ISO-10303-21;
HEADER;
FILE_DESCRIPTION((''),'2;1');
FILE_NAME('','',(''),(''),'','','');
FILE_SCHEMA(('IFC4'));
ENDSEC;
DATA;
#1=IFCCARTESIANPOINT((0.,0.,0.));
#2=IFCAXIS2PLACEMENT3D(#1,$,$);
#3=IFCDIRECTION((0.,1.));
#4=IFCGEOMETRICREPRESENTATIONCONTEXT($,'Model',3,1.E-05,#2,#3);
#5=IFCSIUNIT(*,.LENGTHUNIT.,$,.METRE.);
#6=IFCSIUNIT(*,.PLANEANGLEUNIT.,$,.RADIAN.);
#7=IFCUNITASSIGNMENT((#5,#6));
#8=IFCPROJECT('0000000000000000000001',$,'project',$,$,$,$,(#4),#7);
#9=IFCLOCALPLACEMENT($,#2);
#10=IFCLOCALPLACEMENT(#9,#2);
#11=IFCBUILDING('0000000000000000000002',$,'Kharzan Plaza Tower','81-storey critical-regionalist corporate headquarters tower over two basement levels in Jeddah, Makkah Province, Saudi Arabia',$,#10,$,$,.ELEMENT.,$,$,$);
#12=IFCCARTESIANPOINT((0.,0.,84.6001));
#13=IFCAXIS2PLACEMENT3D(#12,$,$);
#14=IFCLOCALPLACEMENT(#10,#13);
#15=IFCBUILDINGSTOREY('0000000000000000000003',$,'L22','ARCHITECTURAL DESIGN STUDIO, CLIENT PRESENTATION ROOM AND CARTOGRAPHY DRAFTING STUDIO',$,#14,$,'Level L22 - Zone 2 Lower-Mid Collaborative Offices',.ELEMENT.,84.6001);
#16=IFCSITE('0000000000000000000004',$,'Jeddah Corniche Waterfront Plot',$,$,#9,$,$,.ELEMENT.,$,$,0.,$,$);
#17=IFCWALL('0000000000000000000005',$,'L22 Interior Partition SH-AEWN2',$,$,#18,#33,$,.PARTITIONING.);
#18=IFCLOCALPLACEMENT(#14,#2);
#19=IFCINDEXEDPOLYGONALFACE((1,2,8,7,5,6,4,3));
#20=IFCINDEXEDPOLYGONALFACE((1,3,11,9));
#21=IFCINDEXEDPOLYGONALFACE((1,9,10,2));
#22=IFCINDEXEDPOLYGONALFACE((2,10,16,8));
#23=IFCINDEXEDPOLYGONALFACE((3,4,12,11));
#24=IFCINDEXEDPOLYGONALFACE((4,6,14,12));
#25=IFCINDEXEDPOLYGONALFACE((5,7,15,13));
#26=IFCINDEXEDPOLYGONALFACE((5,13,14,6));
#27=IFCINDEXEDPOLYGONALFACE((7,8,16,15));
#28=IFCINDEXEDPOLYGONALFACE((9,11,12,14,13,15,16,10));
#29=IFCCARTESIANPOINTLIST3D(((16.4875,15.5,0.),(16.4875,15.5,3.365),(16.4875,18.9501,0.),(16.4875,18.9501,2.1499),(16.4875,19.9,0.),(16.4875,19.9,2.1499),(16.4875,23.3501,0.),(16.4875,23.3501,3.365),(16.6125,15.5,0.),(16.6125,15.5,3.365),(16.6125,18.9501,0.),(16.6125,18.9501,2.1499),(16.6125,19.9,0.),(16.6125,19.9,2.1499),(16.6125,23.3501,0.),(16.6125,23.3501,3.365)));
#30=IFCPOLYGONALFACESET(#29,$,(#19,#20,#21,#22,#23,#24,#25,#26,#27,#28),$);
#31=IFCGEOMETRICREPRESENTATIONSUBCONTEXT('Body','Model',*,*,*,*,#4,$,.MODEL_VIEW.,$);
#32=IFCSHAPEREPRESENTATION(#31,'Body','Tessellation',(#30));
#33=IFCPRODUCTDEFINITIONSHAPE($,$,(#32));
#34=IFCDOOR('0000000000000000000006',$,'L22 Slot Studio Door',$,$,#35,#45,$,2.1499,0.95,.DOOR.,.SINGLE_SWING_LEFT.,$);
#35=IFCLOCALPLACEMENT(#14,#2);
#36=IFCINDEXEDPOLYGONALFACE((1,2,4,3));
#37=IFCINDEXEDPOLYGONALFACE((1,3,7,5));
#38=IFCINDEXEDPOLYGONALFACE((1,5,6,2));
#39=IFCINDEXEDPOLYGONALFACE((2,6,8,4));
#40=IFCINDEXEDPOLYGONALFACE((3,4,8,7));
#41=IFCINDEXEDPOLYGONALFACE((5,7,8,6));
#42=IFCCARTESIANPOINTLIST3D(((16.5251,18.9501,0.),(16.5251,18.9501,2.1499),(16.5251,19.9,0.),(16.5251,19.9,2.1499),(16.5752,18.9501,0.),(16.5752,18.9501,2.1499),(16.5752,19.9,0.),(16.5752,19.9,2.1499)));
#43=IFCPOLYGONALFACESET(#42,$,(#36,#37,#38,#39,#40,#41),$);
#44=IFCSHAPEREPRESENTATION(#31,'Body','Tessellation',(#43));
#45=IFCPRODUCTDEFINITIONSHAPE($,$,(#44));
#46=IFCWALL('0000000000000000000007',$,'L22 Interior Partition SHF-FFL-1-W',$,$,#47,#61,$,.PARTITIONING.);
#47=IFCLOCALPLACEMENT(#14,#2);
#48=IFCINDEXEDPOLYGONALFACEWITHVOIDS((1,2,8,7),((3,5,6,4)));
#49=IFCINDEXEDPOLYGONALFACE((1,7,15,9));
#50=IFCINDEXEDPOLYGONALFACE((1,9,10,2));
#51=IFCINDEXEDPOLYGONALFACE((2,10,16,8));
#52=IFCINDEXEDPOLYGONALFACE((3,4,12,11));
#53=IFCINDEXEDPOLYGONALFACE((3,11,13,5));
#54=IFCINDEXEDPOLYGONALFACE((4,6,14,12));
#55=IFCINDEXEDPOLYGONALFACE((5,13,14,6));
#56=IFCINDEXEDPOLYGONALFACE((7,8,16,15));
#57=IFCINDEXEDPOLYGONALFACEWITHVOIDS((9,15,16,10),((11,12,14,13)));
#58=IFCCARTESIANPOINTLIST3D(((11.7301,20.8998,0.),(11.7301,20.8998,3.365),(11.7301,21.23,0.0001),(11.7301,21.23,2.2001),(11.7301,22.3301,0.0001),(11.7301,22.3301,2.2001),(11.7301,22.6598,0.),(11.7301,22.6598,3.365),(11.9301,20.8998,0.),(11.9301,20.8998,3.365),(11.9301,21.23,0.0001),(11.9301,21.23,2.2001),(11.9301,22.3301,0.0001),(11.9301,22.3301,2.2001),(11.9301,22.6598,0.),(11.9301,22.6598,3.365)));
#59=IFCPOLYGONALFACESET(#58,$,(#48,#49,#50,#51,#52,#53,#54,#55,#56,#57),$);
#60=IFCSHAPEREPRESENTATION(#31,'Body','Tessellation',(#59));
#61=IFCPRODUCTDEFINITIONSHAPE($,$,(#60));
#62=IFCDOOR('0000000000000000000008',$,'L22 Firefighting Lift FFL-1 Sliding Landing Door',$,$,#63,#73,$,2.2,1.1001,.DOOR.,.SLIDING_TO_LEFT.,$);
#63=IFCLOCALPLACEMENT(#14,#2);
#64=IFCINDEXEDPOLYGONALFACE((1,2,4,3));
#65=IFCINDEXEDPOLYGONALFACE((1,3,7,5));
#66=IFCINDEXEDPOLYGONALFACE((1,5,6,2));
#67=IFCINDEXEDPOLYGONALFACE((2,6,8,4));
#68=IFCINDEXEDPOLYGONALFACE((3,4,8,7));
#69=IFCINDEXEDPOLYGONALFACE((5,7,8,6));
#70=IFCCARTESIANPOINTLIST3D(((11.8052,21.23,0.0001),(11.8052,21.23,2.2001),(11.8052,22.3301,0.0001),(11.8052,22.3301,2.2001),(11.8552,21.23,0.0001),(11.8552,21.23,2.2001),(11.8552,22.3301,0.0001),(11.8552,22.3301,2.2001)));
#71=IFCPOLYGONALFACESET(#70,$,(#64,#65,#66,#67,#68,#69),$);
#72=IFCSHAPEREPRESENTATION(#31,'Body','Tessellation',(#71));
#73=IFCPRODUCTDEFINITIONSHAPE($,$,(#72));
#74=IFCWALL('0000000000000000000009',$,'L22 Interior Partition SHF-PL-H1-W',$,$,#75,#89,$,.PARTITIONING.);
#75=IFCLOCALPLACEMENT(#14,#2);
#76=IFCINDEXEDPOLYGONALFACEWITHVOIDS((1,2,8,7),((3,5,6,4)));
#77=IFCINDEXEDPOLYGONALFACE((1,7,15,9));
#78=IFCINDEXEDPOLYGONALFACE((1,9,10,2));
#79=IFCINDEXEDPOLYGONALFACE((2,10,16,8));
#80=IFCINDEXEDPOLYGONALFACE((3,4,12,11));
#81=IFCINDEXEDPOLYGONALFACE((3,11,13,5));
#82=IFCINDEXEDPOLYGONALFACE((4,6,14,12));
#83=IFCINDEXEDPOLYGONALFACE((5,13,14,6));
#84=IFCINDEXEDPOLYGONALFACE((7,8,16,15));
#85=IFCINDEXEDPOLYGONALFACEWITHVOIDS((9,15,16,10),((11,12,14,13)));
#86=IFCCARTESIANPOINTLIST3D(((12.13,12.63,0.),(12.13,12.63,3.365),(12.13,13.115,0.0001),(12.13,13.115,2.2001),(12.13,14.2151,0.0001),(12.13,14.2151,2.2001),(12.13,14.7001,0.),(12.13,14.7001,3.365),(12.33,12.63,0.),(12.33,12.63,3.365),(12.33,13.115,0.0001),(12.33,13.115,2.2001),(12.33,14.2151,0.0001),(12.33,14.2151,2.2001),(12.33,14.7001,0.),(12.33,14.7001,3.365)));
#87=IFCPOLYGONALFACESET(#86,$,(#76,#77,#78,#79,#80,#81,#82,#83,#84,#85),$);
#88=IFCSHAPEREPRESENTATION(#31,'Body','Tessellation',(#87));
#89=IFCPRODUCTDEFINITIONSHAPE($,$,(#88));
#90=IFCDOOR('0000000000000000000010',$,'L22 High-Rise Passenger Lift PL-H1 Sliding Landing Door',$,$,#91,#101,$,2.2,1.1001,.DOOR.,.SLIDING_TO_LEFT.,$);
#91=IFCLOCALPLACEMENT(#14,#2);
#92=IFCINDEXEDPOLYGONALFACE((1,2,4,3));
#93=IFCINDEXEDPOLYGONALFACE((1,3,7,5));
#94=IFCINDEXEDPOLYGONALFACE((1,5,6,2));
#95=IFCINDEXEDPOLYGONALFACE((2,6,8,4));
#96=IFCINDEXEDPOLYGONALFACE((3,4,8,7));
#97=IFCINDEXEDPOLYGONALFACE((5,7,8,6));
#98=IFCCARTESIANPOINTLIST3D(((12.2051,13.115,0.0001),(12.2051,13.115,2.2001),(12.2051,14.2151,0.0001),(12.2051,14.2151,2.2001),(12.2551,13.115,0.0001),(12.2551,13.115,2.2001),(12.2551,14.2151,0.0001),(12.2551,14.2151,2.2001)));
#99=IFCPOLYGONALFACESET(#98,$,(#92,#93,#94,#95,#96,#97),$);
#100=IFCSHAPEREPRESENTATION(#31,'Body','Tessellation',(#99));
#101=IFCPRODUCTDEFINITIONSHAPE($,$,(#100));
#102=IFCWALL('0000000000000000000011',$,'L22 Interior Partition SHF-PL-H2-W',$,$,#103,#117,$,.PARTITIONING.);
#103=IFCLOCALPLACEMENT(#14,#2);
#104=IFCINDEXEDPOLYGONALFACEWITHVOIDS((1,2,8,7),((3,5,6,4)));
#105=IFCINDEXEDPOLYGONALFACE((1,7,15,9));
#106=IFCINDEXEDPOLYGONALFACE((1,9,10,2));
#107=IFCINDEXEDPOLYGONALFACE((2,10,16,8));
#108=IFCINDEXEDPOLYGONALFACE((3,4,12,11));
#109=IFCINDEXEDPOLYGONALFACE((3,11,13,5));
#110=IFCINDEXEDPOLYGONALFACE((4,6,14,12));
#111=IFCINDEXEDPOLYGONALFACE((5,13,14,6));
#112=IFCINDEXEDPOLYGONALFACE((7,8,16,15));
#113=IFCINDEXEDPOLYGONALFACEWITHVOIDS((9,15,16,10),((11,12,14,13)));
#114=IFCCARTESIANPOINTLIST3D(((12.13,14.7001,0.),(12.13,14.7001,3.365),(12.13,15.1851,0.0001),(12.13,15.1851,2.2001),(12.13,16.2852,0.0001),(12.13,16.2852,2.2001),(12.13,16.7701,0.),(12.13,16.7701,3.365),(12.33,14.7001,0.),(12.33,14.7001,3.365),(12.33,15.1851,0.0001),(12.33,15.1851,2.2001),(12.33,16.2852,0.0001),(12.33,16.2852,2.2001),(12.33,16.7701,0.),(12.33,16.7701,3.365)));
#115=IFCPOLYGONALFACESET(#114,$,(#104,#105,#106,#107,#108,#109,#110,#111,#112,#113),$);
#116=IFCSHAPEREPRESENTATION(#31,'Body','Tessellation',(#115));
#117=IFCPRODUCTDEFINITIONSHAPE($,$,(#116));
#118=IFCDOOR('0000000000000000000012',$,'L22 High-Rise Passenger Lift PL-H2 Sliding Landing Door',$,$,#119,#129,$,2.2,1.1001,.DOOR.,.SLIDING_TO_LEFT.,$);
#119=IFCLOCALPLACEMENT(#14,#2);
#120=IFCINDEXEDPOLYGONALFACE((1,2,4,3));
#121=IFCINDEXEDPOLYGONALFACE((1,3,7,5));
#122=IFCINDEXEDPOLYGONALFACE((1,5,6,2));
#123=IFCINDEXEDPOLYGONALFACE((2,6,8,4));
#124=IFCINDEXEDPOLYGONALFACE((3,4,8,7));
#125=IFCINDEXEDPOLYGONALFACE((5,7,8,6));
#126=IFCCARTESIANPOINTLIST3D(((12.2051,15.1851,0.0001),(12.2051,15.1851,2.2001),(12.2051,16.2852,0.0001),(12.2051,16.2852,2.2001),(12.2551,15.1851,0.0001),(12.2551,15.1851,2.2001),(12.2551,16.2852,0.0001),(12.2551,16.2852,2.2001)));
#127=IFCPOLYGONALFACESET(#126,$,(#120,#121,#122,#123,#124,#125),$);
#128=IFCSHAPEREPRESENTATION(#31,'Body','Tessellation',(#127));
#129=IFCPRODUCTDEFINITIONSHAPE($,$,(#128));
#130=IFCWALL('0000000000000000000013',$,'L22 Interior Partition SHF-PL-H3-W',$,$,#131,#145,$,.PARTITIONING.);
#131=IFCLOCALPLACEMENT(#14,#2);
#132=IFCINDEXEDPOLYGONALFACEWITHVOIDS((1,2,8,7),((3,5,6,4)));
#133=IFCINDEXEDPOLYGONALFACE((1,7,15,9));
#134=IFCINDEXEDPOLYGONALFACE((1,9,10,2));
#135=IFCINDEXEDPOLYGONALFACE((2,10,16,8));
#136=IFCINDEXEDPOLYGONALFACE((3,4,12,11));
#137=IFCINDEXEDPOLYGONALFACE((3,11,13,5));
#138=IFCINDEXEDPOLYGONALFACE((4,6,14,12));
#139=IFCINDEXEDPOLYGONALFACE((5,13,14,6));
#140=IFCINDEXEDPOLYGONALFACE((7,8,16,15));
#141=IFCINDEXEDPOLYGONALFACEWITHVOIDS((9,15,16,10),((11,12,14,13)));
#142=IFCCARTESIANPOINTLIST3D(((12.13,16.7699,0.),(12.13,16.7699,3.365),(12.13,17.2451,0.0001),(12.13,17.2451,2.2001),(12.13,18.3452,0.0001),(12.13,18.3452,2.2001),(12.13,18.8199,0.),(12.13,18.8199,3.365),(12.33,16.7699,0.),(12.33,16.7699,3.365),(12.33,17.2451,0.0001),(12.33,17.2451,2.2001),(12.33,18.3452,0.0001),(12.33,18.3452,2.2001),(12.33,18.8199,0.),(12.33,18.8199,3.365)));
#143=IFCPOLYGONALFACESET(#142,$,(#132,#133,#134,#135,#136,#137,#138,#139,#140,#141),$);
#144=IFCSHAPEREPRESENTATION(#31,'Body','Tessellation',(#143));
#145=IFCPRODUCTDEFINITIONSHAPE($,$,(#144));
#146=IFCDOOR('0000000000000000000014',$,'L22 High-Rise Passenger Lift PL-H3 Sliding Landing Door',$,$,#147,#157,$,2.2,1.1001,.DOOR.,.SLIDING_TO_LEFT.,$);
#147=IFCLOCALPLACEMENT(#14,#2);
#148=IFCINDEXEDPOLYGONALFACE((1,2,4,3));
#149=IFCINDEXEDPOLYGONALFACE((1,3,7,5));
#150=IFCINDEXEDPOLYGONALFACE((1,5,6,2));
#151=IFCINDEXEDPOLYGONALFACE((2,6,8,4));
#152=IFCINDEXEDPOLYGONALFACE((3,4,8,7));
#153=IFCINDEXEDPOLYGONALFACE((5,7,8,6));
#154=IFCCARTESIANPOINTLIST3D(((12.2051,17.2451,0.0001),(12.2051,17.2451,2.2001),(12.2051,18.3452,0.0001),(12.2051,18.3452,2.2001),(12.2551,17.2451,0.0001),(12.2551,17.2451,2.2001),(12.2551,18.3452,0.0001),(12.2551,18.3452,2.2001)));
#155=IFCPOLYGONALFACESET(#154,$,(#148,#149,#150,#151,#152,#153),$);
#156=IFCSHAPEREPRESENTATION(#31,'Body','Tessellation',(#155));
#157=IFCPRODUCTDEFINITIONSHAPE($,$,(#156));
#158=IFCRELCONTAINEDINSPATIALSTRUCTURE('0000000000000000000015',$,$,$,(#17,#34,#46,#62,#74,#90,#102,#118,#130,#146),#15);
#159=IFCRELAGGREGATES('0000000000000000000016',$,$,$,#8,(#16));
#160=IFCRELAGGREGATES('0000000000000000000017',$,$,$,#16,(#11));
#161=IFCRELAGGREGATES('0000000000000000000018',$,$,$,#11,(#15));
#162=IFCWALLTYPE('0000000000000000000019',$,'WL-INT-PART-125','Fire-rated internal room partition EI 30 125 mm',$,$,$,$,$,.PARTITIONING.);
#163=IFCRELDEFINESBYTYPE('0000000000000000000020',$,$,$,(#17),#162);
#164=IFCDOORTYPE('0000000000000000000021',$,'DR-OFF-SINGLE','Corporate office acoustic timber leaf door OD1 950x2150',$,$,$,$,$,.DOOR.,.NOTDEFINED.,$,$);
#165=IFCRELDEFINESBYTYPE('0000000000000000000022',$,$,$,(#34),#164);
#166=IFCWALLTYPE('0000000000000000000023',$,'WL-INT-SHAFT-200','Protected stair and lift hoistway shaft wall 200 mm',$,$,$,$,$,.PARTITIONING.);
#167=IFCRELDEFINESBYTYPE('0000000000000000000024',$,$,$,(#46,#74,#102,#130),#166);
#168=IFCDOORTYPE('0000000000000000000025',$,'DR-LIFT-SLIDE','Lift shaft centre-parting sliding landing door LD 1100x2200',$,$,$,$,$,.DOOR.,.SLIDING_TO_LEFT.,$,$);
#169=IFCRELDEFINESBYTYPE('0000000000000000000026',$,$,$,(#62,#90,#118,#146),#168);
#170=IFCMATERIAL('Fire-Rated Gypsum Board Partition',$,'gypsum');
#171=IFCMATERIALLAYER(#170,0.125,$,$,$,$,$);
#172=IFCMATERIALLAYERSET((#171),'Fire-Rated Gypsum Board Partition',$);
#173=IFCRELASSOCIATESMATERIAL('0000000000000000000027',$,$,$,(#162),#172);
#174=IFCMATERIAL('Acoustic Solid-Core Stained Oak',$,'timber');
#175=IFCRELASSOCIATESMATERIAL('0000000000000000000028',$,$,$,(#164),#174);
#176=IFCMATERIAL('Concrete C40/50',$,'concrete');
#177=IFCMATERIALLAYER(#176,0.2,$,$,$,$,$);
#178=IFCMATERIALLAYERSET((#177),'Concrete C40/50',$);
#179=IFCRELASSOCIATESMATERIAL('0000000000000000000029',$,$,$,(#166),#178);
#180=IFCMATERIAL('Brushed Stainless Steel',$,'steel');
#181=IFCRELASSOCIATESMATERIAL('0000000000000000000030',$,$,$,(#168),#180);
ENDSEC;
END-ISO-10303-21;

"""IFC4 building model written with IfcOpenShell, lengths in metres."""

from ifc_helpers import new_model, si_unit, direction, frame, frame_2d, origin, place, context, subcontext, project, spatial, rectangle, extrude, source, transform, mapped, material, layer, layer_set, type_object, element, fill, save


model = new_model("IFC4")

# Units and contexts
model_context = context("Model", 3, precision=1e-05, world=origin(), true_north=direction((0.0, 1.0)))
body_context = subcontext(model_context, "Body", "Model", "MODEL_VIEW")
ifc_project = project(units=[si_unit("LENGTHUNIT", "METRE"), si_unit("PLANEANGLEUNIT", "RADIAN")], contexts=[model_context])

# Site, building, storey
site_placement = place(None, origin())
site = spatial("IfcSite", under=ifc_project, at=site_placement, Name="Jeddah Corniche Waterfront Plot", CompositionType="ELEMENT", RefElevation=0.0)
building_placement = place(site_placement, origin())
building = spatial("IfcBuilding", under=site, at=building_placement, Name="Kharzan Plaza Tower", Description="81-storey critical-regionalist corporate headquarters tower over two basement levels in Jeddah, Makkah Province, Saudi Arabia", CompositionType="ELEMENT")
storey_placement = place(building_placement, frame((0.0, 0.0, 84.6001)))
storey = spatial("IfcBuildingStorey", under=building, at=storey_placement, Name="L22", Description="ARCHITECTURAL DESIGN STUDIO, CLIENT PRESENTATION ROOM AND CARTOGRAPHY DRAFTING STUDIO", LongName="Level L22 - Zone 2 Lower-Mid Collaborative Offices", CompositionType="ELEMENT", Elevation=84.6001)

# Walls, openings, doors
ifc_material_1 = material(Name="Fire-Rated Gypsum Board Partition", Category="gypsum")
ifc_layer_1 = layer(ifc_material_1, 0.125)
ifc_layer_set_1 = layer_set([ifc_layer_1], Name="Fire-Rated Gypsum Board Partition")
wall_type_1 = type_object("IfcWallType", Name="WL-INT-PART-125", Description="Fire-rated internal room partition EI 30 125 mm", PredefinedType="PARTITIONING", material=ifc_layer_set_1)
ifc_material_2 = material(Name="Acoustic Solid-Core Stained Oak", Category="timber")
door_type_1 = type_object("IfcDoorType", Name="DR-OFF-SINGLE", Description="Corporate office acoustic timber leaf door OD1 950x2150", OperationType="NOTDEFINED", PredefinedType="DOOR", material=ifc_material_2)
shared_shape_1 = source(origin(), body_context, "Body", "SweptSolid", [
    extrude(rectangle(XDim=0.95, YDim=2.1499, at=frame_2d((0.4751, 1.075))), frame((0.0, 0.0249, 0.0), z_axis=(0.0, -1.0, 0.0), x_axis=(1.0, 0.0, 0.0)), (0.0, 0.0, 1.0), 0.05),
])
wall_1_placement = place(storey_placement, frame((16.55, 15.5, 0.0), z_axis=(0.0, 0.0, 1.0), x_axis=(0.0, 1.0, 0.0)))
wall_1 = element("IfcWall", 1, at=wall_1_placement, inside=storey, type_object=wall_type_1, Name="L22 Interior Partition SH-AEWN2", PredefinedType="PARTITIONING", context=body_context, shape_type="SweptSolid", body=[
    extrude(rectangle(XDim=7.8501, YDim=0.125, at=frame_2d((3.925, 0.0))), origin(), (0.0, 0.0, 1.0), 3.365),
])
opening_1_placement = place(wall_1_placement, frame((3.45, 0.0, 0.0)))
opening_1 = element("IfcOpeningElement", 2, at=opening_1_placement, cuts=wall_1, PredefinedType="OPENING", context=body_context, shape_type="SweptSolid", body=[
    extrude(rectangle(XDim=0.95, YDim=2.1499, at=frame_2d((0.4751, 1.075))), frame((0.0, 0.0725, 0.0), z_axis=(0.0, -1.0, 0.0), x_axis=(1.0, 0.0, 0.0)), (0.0, 0.0, 1.0), 0.145),
])
door_1_placement = place(opening_1_placement, origin())
door_1 = element("IfcDoor", 3, at=door_1_placement, inside=storey, type_object=door_type_1, Name="L22 Slot Studio Door", OperationType="SINGLE_SWING_LEFT", OverallHeight=2.1499, OverallWidth=0.95, PredefinedType="DOOR", context=body_context, shape_type="MappedRepresentation", body=[
    mapped(shared_shape_1, transform((0.0, 0.0, 0.0), x_axis=(1.0, 0.0, 0.0), y_axis=(0.0, 1.0, 0.0), z_axis=(0.0, 0.0, 1.0))),
])
fill(opening_1, door_1)
ifc_material_3 = material(Name="Concrete C40/50", Category="concrete")
ifc_layer_2 = layer(ifc_material_3, 0.2)
ifc_layer_set_2 = layer_set([ifc_layer_2], Name="Concrete C40/50")
wall_type_2 = type_object("IfcWallType", Name="WL-INT-SHAFT-200", Description="Protected stair and lift hoistway shaft wall 200 mm", PredefinedType="PARTITIONING", material=ifc_layer_set_2)
wall_2_placement = place(storey_placement, frame((11.8301, 20.8999, 0.0), z_axis=(0.0, 0.0, 1.0), x_axis=(0.0, 1.0, 0.0)))
wall_2 = element("IfcWall", 4, at=wall_2_placement, inside=storey, type_object=wall_type_2, Name="L22 Interior Partition SHF-FFL-1-W", PredefinedType="PARTITIONING", context=body_context, shape_type="SweptSolid", body=[
    extrude(rectangle(XDim=1.76, YDim=0.2, at=frame_2d((0.8799, 0.0))), origin(), (0.0, 0.0, 1.0), 3.365),
])
opening_2_placement = place(wall_2_placement, frame((0.3301, 0.0, 0.0)))
opening_2 = element("IfcOpeningElement", 5, at=opening_2_placement, cuts=wall_2, PredefinedType="OPENING", context=body_context, shape_type="SweptSolid", body=[
    extrude(rectangle(XDim=1.1001, YDim=2.2, at=frame_2d((0.55, 1.1001))), frame((0.0, 0.1099, 0.0), z_axis=(0.0, -1.0, 0.0), x_axis=(1.0, 0.0, 0.0)), (0.0, 0.0, 1.0), 0.22),
])
ifc_material_4 = material(Name="Brushed Stainless Steel", Category="steel")
door_type_2 = type_object("IfcDoorType", Name="DR-LIFT-SLIDE", Description="Lift shaft centre-parting sliding landing door LD 1100x2200", OperationType="SLIDING_TO_LEFT", PredefinedType="DOOR", material=ifc_material_4)
shared_shape_2 = source(origin(), body_context, "Body", "SweptSolid", [
    extrude(rectangle(XDim=1.1001, YDim=2.2, at=frame_2d((0.55, 1.1001))), frame((0.0, 0.0249, 0.0), z_axis=(0.0, -1.0, 0.0), x_axis=(1.0, 0.0, 0.0)), (0.0, 0.0, 1.0), 0.05),
])
door_2_placement = place(opening_2_placement, origin())
door_2 = element("IfcDoor", 6, at=door_2_placement, inside=storey, type_object=door_type_2, Name="L22 Firefighting Lift FFL-1 Sliding Landing Door", OperationType="SLIDING_TO_LEFT", OverallHeight=2.2, OverallWidth=1.1001, PredefinedType="DOOR", context=body_context, shape_type="MappedRepresentation", body=[
    mapped(shared_shape_2, transform((0.0, 0.0, 0.0), x_axis=(1.0, 0.0, 0.0), y_axis=(0.0, 1.0, 0.0), z_axis=(0.0, 0.0, 1.0))),
])
fill(opening_2, door_2)
wall_3_placement = place(storey_placement, frame((12.23, 12.6299, 0.0), z_axis=(0.0, 0.0, 1.0), x_axis=(0.0, 1.0, 0.0)))
wall_3 = element("IfcWall", 7, at=wall_3_placement, inside=storey, type_object=wall_type_2, Name="L22 Interior Partition SHF-PL-H1-W", PredefinedType="PARTITIONING", context=body_context, shape_type="SweptSolid", body=[
    extrude(rectangle(XDim=2.0701, YDim=0.2, at=frame_2d((1.0352, 0.0))), origin(), (0.0, 0.0, 1.0), 3.365),
])
opening_3_placement = place(wall_3_placement, frame((0.4851, 0.0, 0.0)))
opening_3 = element("IfcOpeningElement", 8, at=opening_3_placement, cuts=wall_3, PredefinedType="OPENING", context=body_context, shape_type="SweptSolid", body=[
    extrude(rectangle(XDim=1.1001, YDim=2.2, at=frame_2d((0.55, 1.1001))), frame((0.0, 0.1099, 0.0), z_axis=(0.0, -1.0, 0.0), x_axis=(1.0, 0.0, 0.0)), (0.0, 0.0, 1.0), 0.22),
])
door_3_placement = place(opening_3_placement, origin())
door_3 = element("IfcDoor", 9, at=door_3_placement, inside=storey, type_object=door_type_2, Name="L22 High-Rise Passenger Lift PL-H1 Sliding Landing Door", OperationType="SLIDING_TO_LEFT", OverallHeight=2.2, OverallWidth=1.1001, PredefinedType="DOOR", context=body_context, shape_type="MappedRepresentation", body=[
    mapped(shared_shape_2, transform((0.0, 0.0, 0.0), x_axis=(1.0, 0.0, 0.0), y_axis=(0.0, 1.0, 0.0), z_axis=(0.0, 0.0, 1.0))),
])
fill(opening_3, door_3)
wall_4_placement = place(storey_placement, frame((12.23, 14.7, 0.0), z_axis=(0.0, 0.0, 1.0), x_axis=(0.0, 1.0, 0.0)))
wall_4 = element("IfcWall", 10, at=wall_4_placement, inside=storey, type_object=wall_type_2, Name="L22 Interior Partition SHF-PL-H2-W", PredefinedType="PARTITIONING", context=body_context, shape_type="SweptSolid", body=[
    extrude(rectangle(XDim=2.0701, YDim=0.2, at=frame_2d((1.0352, 0.0))), origin(), (0.0, 0.0, 1.0), 3.365),
])
opening_4_placement = place(wall_4_placement, frame((0.4851, 0.0, 0.0)))
opening_4 = element("IfcOpeningElement", 11, at=opening_4_placement, cuts=wall_4, PredefinedType="OPENING", context=body_context, shape_type="SweptSolid", body=[
    extrude(rectangle(XDim=1.1001, YDim=2.2, at=frame_2d((0.55, 1.1001))), frame((0.0, 0.1099, 0.0), z_axis=(0.0, -1.0, 0.0), x_axis=(1.0, 0.0, 0.0)), (0.0, 0.0, 1.0), 0.22),
])
door_4_placement = place(opening_4_placement, origin())
door_4 = element("IfcDoor", 12, at=door_4_placement, inside=storey, type_object=door_type_2, Name="L22 High-Rise Passenger Lift PL-H2 Sliding Landing Door", OperationType="SLIDING_TO_LEFT", OverallHeight=2.2, OverallWidth=1.1001, PredefinedType="DOOR", context=body_context, shape_type="MappedRepresentation", body=[
    mapped(shared_shape_2, transform((0.0, 0.0, 0.0), x_axis=(1.0, 0.0, 0.0), y_axis=(0.0, 1.0, 0.0), z_axis=(0.0, 0.0, 1.0))),
])
fill(opening_4, door_4)
wall_5_placement = place(storey_placement, frame((12.23, 16.77, 0.0), z_axis=(0.0, 0.0, 1.0), x_axis=(0.0, 1.0, 0.0)))
wall_5 = element("IfcWall", 13, at=wall_5_placement, inside=storey, type_object=wall_type_2, Name="L22 Interior Partition SHF-PL-H3-W", PredefinedType="PARTITIONING", context=body_context, shape_type="SweptSolid", body=[
    extrude(rectangle(XDim=2.05, YDim=0.2, at=frame_2d((1.0249, 0.0))), origin(), (0.0, 0.0, 1.0), 3.365),
])
opening_5_placement = place(wall_5_placement, frame((0.4751, 0.0, 0.0)))
opening_5 = element("IfcOpeningElement", 14, at=opening_5_placement, cuts=wall_5, PredefinedType="OPENING", context=body_context, shape_type="SweptSolid", body=[
    extrude(rectangle(XDim=1.1001, YDim=2.2, at=frame_2d((0.55, 1.1001))), frame((0.0, 0.1099, 0.0), z_axis=(0.0, -1.0, 0.0), x_axis=(1.0, 0.0, 0.0)), (0.0, 0.0, 1.0), 0.22),
])
door_5_placement = place(opening_5_placement, origin())
door_5 = element("IfcDoor", 15, at=door_5_placement, inside=storey, type_object=door_type_2, Name="L22 High-Rise Passenger Lift PL-H3 Sliding Landing Door", OperationType="SLIDING_TO_LEFT", OverallHeight=2.2, OverallWidth=1.1001, PredefinedType="DOOR", context=body_context, shape_type="MappedRepresentation", body=[
    mapped(shared_shape_2, transform((0.0, 0.0, 0.0), x_axis=(1.0, 0.0, 0.0), y_axis=(0.0, 1.0, 0.0), z_axis=(0.0, 0.0, 1.0))),
])
fill(opening_5, door_5)

save(model, "model.ifc")
